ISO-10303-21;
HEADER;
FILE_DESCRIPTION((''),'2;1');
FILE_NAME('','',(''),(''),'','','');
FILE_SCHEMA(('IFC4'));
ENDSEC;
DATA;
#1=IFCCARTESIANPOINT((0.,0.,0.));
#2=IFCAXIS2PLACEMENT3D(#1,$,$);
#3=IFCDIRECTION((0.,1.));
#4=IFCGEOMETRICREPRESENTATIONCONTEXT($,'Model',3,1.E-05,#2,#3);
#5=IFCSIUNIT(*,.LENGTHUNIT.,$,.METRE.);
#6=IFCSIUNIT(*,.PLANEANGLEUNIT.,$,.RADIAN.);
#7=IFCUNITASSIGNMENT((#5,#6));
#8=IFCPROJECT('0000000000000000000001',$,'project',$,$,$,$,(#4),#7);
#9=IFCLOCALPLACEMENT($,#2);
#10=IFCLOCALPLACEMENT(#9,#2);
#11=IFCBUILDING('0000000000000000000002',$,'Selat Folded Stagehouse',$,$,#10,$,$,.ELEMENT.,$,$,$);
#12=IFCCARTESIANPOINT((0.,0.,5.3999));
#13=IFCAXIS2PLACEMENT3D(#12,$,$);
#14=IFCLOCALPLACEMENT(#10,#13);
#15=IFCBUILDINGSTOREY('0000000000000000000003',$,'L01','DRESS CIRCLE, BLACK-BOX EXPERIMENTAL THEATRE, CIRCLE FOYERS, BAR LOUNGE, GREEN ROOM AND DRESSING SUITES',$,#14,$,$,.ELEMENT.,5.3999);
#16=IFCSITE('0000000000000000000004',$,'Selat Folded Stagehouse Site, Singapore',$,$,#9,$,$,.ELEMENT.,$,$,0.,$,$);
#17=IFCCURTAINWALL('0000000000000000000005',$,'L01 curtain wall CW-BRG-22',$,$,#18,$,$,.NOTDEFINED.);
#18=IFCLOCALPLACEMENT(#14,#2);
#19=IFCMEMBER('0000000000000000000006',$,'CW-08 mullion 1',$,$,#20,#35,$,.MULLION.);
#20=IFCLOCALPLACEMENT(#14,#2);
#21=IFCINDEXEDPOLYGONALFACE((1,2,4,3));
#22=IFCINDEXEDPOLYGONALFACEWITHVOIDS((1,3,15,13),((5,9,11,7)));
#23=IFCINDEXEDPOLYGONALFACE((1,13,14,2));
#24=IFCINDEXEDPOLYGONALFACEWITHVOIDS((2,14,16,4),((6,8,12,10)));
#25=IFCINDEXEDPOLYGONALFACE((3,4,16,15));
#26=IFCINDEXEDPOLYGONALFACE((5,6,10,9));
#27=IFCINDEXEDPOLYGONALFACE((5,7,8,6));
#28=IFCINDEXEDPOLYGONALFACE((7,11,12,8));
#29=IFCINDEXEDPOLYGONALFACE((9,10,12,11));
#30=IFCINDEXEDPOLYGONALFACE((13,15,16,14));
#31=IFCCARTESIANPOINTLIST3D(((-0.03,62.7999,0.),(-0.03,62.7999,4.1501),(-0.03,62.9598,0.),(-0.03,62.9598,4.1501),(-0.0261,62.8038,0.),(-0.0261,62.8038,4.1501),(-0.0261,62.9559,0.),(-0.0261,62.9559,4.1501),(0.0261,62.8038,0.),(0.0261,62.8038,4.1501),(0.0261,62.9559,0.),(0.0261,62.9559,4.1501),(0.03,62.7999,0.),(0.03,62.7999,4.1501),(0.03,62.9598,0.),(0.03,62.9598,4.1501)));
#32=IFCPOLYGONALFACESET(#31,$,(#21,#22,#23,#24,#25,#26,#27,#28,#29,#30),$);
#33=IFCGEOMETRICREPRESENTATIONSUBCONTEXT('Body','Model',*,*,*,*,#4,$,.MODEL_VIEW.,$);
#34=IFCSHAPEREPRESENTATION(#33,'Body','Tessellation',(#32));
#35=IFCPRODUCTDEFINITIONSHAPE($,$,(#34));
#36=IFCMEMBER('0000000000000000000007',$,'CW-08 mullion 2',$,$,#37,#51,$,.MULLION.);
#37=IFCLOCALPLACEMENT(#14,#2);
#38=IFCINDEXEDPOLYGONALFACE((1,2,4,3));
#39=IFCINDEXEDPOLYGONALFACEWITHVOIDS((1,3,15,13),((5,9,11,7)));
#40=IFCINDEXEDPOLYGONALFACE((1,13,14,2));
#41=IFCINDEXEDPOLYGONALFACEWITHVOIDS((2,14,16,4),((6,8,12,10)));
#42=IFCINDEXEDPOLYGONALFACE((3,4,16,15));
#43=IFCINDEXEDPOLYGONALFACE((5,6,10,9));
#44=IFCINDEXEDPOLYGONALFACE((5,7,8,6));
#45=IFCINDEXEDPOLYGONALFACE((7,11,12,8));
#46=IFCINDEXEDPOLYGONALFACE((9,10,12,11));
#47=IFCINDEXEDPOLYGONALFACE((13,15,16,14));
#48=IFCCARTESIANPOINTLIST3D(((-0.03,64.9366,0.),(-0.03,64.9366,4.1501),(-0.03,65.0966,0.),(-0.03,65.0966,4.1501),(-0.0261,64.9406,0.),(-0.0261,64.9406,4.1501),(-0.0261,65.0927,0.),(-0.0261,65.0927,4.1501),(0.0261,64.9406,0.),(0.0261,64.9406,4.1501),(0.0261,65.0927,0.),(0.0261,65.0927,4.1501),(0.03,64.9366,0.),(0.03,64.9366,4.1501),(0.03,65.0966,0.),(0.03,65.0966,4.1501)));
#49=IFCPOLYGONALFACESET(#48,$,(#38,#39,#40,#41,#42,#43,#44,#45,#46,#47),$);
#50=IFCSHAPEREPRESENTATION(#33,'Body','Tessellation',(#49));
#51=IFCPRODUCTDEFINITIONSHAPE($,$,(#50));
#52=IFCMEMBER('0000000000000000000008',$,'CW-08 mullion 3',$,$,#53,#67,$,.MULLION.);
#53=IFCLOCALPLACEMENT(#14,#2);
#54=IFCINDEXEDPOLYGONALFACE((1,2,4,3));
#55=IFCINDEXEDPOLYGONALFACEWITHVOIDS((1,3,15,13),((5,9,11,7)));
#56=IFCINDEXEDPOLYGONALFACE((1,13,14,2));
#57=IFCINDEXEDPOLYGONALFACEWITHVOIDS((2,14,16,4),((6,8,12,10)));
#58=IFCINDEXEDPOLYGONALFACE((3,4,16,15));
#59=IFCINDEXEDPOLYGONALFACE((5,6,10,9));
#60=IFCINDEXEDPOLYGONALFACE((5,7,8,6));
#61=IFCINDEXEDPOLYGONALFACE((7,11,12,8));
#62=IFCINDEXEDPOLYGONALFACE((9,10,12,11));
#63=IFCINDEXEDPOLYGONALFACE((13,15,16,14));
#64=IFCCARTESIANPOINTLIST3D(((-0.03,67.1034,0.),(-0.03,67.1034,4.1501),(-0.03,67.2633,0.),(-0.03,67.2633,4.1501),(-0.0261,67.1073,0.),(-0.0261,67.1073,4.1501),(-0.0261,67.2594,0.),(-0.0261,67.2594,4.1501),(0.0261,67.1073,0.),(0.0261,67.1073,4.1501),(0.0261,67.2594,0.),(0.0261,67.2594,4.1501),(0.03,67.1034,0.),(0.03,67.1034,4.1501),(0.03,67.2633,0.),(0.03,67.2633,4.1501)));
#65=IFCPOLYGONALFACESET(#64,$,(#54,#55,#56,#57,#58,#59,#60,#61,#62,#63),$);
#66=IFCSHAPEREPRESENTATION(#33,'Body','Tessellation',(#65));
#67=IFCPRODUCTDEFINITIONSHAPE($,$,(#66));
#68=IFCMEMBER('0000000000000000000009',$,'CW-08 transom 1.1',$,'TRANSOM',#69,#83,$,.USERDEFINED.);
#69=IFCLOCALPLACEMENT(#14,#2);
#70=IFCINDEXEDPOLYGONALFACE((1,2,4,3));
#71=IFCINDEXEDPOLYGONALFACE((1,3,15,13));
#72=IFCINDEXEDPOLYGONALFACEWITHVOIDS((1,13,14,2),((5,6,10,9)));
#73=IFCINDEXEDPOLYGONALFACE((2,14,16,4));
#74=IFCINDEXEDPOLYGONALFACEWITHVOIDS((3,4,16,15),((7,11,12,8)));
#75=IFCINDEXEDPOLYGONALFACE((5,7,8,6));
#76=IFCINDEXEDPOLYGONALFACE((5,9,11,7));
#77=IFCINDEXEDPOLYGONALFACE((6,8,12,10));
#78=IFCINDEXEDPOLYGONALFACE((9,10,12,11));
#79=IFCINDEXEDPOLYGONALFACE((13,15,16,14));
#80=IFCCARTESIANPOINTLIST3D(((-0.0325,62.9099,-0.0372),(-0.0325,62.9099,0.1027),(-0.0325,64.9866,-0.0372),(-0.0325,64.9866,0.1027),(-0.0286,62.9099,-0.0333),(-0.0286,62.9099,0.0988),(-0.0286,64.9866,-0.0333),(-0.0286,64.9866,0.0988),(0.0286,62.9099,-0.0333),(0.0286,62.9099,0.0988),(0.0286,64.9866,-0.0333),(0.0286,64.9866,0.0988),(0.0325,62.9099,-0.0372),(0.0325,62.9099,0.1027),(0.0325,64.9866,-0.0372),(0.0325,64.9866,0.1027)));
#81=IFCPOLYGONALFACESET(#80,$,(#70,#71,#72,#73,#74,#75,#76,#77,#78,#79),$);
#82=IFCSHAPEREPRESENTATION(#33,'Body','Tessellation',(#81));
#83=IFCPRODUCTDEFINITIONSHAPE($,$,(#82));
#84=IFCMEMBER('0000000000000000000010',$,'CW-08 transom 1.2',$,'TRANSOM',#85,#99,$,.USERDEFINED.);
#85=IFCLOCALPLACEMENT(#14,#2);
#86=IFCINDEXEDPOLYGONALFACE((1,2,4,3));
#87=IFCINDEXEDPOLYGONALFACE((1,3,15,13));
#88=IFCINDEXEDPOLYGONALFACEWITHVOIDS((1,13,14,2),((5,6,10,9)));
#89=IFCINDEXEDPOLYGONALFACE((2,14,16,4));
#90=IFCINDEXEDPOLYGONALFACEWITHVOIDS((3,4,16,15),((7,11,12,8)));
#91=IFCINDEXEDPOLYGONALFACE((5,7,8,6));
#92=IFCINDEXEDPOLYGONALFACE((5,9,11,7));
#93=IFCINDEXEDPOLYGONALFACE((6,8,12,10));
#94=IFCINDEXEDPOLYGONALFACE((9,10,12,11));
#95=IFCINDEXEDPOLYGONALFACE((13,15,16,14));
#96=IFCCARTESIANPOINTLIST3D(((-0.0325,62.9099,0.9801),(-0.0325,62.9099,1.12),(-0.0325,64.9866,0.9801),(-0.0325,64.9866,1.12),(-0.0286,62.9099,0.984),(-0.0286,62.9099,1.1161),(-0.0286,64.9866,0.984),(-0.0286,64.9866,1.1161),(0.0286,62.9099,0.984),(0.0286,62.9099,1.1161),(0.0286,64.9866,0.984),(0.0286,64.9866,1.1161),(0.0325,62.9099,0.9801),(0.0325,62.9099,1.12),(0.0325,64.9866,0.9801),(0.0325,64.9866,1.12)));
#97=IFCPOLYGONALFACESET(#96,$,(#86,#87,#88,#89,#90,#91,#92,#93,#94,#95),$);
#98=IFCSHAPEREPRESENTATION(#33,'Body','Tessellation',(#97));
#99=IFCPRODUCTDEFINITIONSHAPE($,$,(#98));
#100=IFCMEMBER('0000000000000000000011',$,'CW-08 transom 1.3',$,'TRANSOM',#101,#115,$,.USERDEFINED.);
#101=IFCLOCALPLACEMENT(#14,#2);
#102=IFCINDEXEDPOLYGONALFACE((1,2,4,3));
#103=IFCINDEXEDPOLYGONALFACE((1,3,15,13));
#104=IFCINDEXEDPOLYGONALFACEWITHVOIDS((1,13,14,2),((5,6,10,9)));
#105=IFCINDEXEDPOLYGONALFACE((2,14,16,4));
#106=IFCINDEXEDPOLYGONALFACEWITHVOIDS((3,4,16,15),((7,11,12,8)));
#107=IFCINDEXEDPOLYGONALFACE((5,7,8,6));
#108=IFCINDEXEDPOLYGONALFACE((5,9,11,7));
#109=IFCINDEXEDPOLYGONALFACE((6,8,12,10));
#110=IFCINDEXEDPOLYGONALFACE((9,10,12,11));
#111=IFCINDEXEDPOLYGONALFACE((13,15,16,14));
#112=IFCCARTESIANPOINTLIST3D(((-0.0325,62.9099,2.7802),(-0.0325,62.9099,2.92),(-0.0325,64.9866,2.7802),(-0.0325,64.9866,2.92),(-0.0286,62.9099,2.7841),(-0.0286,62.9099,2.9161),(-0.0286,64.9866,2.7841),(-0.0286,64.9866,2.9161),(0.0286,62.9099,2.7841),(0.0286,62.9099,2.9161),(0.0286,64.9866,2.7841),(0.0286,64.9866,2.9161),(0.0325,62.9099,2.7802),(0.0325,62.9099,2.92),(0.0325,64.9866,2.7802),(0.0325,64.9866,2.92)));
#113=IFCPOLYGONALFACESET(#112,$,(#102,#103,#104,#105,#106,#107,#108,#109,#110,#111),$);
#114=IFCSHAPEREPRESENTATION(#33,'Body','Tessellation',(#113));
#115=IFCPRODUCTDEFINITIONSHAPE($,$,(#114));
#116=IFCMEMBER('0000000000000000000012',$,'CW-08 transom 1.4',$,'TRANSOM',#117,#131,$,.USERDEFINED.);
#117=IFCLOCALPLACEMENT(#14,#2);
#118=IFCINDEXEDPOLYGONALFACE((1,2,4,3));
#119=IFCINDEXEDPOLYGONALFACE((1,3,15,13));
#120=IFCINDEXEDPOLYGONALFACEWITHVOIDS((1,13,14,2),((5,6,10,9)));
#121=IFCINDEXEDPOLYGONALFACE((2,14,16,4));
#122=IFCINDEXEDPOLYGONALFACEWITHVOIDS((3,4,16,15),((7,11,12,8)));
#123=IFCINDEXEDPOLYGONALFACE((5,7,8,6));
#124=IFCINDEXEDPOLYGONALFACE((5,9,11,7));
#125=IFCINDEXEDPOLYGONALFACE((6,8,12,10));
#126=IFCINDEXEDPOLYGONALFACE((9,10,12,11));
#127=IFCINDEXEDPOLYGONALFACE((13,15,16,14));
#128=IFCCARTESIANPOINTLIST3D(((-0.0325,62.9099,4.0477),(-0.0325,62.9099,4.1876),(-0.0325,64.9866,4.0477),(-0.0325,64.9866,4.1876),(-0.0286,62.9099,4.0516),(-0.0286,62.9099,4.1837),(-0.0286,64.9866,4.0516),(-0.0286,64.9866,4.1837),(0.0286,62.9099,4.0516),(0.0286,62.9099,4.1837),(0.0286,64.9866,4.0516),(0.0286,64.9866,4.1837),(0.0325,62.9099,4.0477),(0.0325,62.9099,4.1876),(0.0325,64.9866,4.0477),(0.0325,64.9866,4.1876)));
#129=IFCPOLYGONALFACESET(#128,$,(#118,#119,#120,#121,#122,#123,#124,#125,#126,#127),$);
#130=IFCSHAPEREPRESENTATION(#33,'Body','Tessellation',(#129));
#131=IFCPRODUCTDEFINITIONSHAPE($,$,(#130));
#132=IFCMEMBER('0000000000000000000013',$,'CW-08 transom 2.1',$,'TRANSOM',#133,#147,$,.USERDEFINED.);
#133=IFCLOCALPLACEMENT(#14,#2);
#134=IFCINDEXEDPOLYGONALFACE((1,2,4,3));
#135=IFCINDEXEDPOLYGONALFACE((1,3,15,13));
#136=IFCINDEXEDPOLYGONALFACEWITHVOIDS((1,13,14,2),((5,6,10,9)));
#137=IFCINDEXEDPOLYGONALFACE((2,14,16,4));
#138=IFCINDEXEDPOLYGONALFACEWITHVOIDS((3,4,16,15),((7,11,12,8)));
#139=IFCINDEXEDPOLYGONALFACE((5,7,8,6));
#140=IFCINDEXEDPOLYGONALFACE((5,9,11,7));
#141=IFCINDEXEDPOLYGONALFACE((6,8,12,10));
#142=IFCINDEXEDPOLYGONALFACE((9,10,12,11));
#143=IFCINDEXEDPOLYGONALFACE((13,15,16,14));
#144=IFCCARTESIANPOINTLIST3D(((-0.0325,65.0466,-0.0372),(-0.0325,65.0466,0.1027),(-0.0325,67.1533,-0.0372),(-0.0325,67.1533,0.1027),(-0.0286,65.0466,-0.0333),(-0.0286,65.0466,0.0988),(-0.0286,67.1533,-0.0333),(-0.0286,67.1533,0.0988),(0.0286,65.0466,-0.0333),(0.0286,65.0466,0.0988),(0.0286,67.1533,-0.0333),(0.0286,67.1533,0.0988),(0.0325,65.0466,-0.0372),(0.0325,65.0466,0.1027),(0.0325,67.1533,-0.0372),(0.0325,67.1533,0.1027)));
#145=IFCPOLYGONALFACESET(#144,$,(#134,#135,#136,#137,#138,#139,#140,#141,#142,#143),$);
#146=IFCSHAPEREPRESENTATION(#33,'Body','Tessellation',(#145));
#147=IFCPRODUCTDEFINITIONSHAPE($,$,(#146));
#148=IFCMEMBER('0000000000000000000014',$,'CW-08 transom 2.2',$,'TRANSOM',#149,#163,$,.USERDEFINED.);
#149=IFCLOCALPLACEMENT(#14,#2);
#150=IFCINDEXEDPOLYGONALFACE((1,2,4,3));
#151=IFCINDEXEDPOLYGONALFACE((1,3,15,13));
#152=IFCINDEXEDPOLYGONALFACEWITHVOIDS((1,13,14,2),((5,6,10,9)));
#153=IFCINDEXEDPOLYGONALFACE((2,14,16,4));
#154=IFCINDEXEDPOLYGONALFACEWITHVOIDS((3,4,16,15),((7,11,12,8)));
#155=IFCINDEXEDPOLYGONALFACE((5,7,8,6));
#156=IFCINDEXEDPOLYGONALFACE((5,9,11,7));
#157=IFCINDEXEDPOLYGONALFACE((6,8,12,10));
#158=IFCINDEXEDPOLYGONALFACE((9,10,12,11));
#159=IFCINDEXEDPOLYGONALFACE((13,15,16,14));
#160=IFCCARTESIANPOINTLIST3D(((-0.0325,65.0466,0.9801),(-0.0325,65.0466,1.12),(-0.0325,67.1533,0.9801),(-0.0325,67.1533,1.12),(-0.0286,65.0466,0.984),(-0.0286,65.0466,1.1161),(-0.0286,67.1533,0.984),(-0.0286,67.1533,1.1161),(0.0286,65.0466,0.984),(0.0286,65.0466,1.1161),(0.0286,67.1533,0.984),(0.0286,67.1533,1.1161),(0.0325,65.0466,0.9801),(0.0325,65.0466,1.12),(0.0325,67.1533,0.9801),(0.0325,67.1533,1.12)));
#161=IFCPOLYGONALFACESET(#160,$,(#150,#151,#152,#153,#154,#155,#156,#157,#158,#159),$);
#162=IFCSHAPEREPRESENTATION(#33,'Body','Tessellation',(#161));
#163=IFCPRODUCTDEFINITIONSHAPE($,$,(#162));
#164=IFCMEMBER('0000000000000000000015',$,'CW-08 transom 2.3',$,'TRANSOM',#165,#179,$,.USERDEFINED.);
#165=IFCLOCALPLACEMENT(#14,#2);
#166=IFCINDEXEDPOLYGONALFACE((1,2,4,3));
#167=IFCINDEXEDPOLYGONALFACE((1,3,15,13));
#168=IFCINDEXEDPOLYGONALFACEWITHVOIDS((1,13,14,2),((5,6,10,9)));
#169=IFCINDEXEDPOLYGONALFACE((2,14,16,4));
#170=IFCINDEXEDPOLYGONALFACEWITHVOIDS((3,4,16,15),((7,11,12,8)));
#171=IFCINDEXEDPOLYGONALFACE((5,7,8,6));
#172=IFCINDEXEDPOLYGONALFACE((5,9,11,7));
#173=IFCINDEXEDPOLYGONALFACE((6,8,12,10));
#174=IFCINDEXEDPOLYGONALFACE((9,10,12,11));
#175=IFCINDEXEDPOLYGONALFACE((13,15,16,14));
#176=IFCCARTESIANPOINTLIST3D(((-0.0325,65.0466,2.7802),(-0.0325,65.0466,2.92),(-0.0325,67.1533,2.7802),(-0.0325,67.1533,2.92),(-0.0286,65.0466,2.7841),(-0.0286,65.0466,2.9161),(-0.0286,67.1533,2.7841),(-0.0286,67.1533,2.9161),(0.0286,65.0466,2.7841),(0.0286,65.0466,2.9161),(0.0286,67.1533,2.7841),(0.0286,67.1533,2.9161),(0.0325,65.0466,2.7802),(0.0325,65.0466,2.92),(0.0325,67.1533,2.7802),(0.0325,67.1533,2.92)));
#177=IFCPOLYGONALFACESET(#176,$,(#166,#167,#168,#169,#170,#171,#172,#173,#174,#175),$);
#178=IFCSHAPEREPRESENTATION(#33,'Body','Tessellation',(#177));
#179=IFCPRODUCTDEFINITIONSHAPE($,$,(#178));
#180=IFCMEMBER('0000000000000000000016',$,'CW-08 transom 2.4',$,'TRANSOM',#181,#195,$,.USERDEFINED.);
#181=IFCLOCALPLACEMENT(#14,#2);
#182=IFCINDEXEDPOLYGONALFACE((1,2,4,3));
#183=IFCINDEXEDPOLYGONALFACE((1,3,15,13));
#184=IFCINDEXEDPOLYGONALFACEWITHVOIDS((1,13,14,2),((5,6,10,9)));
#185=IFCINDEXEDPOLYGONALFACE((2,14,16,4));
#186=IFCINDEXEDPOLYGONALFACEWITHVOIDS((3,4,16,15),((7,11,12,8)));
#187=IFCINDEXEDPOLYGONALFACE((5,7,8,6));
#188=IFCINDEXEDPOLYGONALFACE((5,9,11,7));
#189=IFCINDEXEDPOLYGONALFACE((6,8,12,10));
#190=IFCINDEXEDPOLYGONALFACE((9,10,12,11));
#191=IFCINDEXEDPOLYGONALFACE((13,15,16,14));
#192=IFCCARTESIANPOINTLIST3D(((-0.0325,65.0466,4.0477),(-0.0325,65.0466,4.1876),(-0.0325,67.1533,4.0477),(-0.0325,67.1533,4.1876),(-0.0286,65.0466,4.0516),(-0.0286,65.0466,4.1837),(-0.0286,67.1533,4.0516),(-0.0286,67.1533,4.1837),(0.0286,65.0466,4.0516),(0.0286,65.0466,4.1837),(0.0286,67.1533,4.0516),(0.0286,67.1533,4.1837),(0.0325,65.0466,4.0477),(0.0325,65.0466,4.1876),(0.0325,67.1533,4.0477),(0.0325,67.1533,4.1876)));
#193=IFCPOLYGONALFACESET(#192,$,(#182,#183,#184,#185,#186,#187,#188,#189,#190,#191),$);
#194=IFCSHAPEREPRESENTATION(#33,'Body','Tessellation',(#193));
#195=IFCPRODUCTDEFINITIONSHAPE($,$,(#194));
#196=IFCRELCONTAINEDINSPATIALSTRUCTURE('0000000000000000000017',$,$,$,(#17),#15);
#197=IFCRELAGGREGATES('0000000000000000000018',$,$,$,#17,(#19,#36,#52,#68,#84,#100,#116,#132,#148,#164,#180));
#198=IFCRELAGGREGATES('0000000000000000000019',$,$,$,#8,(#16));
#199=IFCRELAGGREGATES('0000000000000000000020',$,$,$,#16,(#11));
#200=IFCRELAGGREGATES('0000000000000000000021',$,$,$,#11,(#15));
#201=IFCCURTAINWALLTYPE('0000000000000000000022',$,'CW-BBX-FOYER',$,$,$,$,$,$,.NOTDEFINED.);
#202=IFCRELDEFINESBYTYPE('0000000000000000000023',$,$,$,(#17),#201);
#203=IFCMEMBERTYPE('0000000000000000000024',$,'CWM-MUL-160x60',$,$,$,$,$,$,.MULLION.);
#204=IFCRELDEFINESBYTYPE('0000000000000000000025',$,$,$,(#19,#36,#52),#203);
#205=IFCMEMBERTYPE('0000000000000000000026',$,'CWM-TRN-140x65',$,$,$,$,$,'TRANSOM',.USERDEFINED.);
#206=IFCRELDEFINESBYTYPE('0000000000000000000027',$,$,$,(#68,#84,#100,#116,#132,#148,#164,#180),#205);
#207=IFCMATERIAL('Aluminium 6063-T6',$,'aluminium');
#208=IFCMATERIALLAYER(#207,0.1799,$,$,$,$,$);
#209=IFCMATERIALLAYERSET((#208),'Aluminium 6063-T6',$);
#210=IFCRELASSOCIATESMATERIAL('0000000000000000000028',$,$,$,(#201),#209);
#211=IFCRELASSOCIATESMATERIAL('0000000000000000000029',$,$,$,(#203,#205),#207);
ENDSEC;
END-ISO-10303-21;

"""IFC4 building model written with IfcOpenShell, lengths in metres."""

from ifc_helpers import new_model, si_unit, direction, frame, origin, origin_2d, place, context, subcontext, project, spatial, hollow_rectangle, extrude, material, layer, layer_set, material_profile, profile_set, type_object, element, aggregate, save


model = new_model("IFC4")

# Units and contexts
model_context = context("Model", 3, precision=1e-05, world=origin(), true_north=direction((0.0, 1.0)))
body_context = subcontext(model_context, "Body", "Model", "MODEL_VIEW")
ifc_project = project(units=[si_unit("LENGTHUNIT", "METRE"), si_unit("PLANEANGLEUNIT", "RADIAN")], contexts=[model_context])

# Site, building, storey
site_placement = place(None, origin())
site = spatial("IfcSite", under=ifc_project, at=site_placement, Name="Selat Folded Stagehouse Site, Singapore", CompositionType="ELEMENT", RefElevation=0.0)
building_placement = place(site_placement, origin())
building = spatial("IfcBuilding", under=site, at=building_placement, Name="Selat Folded Stagehouse", CompositionType="ELEMENT")
storey_placement = place(building_placement, frame((0.0, 0.0, 5.3999)))
storey = spatial("IfcBuildingStorey", under=building, at=storey_placement, Name="L01", Description="DRESS CIRCLE, BLACK-BOX EXPERIMENTAL THEATRE, CIRCLE FOYERS, BAR LOUNGE, GREEN ROOM AND DRESSING SUITES", CompositionType="ELEMENT", Elevation=5.3999)

# Curtain wall, members
ifc_material_1 = material(Name="Aluminium 6063-T6", Category="aluminium")
ifc_layer_1 = layer(ifc_material_1, 0.1799)
ifc_layer_set_1 = layer_set([ifc_layer_1], Name="Aluminium 6063-T6")
curtain_wall_type = type_object("IfcCurtainWallType", Name="CW-BBX-FOYER", PredefinedType="NOTDEFINED", material=ifc_layer_set_1)
curtain_wall_placement = place(storey_placement, origin())
curtain_wall = element("IfcCurtainWall", 1, at=curtain_wall_placement, inside=storey, type_object=curtain_wall_type, Name="L01 curtain wall CW-BRG-22", PredefinedType="NOTDEFINED")
ifc_material_profile_1 = material_profile(ifc_material_1, hollow_rectangle(XDim=0.0601, YDim=0.1599, WallThickness=0.0039, at=origin_2d()), Name="ALU 160x60x4.0")
ifc_profile_set_1 = profile_set([ifc_material_profile_1], Name="Aluminium 6063-T6")
member_type_1 = type_object("IfcMemberType", Name="CWM-MUL-160x60", PredefinedType="MULLION", material=ifc_profile_set_1)
member_1_placement = place(storey_placement, frame((0.0, 62.8799, 0.0), z_axis=(0.0, 0.0, 1.0), x_axis=(-1.0, 0.0, 0.0)))
member_1 = element("IfcMember", 2, at=member_1_placement, type_object=member_type_1, Name="CW-08 mullion 1", PredefinedType="MULLION", context=body_context, shape_type="SweptSolid", body=[
    extrude(hollow_rectangle(XDim=0.0601, YDim=0.1599, WallThickness=0.0039, at=origin_2d()), origin(), (0.0, 0.0, 1.0), 4.1501),
])
member_2_placement = place(storey_placement, frame((0.0, 65.0166, 0.0), z_axis=(0.0, 0.0, 1.0), x_axis=(-1.0, 0.0, 0.0)))
member_2 = element("IfcMember", 3, at=member_2_placement, type_object=member_type_1, Name="CW-08 mullion 2", PredefinedType="MULLION", context=body_context, shape_type="SweptSolid", body=[
    extrude(hollow_rectangle(XDim=0.0601, YDim=0.1599, WallThickness=0.0039, at=origin_2d()), origin(), (0.0, 0.0, 1.0), 4.1501),
])
member_3_placement = place(storey_placement, frame((0.0, 67.1833, 0.0), z_axis=(0.0, 0.0, 1.0), x_axis=(-1.0, 0.0, 0.0)))
member_3 = element("IfcMember", 4, at=member_3_placement, type_object=member_type_1, Name="CW-08 mullion 3", PredefinedType="MULLION", context=body_context, shape_type="SweptSolid", body=[
    extrude(hollow_rectangle(XDim=0.0601, YDim=0.1599, WallThickness=0.0039, at=origin_2d()), origin(), (0.0, 0.0, 1.0), 4.1501),
])
ifc_material_profile_2 = material_profile(ifc_material_1, hollow_rectangle(XDim=0.0649, YDim=0.1399, WallThickness=0.0039, at=origin_2d()), Name="ALU 140x65x4.0")
ifc_profile_set_2 = profile_set([ifc_material_profile_2], Name="Aluminium 6063-T6")
member_type_2 = type_object("IfcMemberType", Name="CWM-TRN-140x65", ElementType="TRANSOM", PredefinedType="USERDEFINED", material=ifc_profile_set_2)
member_4_placement = place(storey_placement, frame((0.0, 62.9099, 0.0327), z_axis=(0.0, 1.0, 0.0), x_axis=(-1.0, 0.0, 0.0)))
member_4 = element("IfcMember", 5, at=member_4_placement, type_object=member_type_2, Name="CW-08 transom 1.1", ObjectType="TRANSOM", PredefinedType="USERDEFINED", context=body_context, shape_type="SweptSolid", body=[
    extrude(hollow_rectangle(XDim=0.0649, YDim=0.1399, WallThickness=0.0039, at=origin_2d()), origin(), (0.0, 0.0, 1.0), 2.0767),
])
member_5_placement = place(storey_placement, frame((0.0, 62.9099, 1.05), z_axis=(0.0, 1.0, 0.0), x_axis=(-1.0, 0.0, 0.0)))
member_5 = element("IfcMember", 6, at=member_5_placement, type_object=member_type_2, Name="CW-08 transom 1.2", ObjectType="TRANSOM", PredefinedType="USERDEFINED", context=body_context, shape_type="SweptSolid", body=[
    extrude(hollow_rectangle(XDim=0.0649, YDim=0.1399, WallThickness=0.0039, at=origin_2d()), origin(), (0.0, 0.0, 1.0), 2.0767),
])
member_6_placement = place(storey_placement, frame((0.0, 62.9099, 2.8501), z_axis=(0.0, 1.0, 0.0), x_axis=(-1.0, 0.0, 0.0)))
member_6 = element("IfcMember", 7, at=member_6_placement, type_object=member_type_2, Name="CW-08 transom 1.3", ObjectType="TRANSOM", PredefinedType="USERDEFINED", context=body_context, shape_type="SweptSolid", body=[
    extrude(hollow_rectangle(XDim=0.0649, YDim=0.1399, WallThickness=0.0039, at=origin_2d()), origin(), (0.0, 0.0, 1.0), 2.0767),
])
member_7_placement = place(storey_placement, frame((0.0, 62.9099, 4.1177), z_axis=(0.0, 1.0, 0.0), x_axis=(-1.0, 0.0, 0.0)))
member_7 = element("IfcMember", 8, at=member_7_placement, type_object=member_type_2, Name="CW-08 transom 1.4", ObjectType="TRANSOM", PredefinedType="USERDEFINED", context=body_context, shape_type="SweptSolid", body=[
    extrude(hollow_rectangle(XDim=0.0649, YDim=0.1399, WallThickness=0.0039, at=origin_2d()), origin(), (0.0, 0.0, 1.0), 2.0767),
])
member_8_placement = place(storey_placement, frame((0.0, 65.0466, 0.0327), z_axis=(0.0, 1.0, 0.0), x_axis=(-1.0, 0.0, 0.0)))
member_8 = element("IfcMember", 9, at=member_8_placement, type_object=member_type_2, Name="CW-08 transom 2.1", ObjectType="TRANSOM", PredefinedType="USERDEFINED", context=body_context, shape_type="SweptSolid", body=[
    extrude(hollow_rectangle(XDim=0.0649, YDim=0.1399, WallThickness=0.0039, at=origin_2d()), origin(), (0.0, 0.0, 1.0), 2.1067),
])
member_9_placement = place(storey_placement, frame((0.0, 65.0466, 1.05), z_axis=(0.0, 1.0, 0.0), x_axis=(-1.0, 0.0, 0.0)))
member_9 = element("IfcMember", 10, at=member_9_placement, type_object=member_type_2, Name="CW-08 transom 2.2", ObjectType="TRANSOM", PredefinedType="USERDEFINED", context=body_context, shape_type="SweptSolid", body=[
    extrude(hollow_rectangle(XDim=0.0649, YDim=0.1399, WallThickness=0.0039, at=origin_2d()), origin(), (0.0, 0.0, 1.0), 2.1067),
])
member_10_placement = place(storey_placement, frame((0.0, 65.0466, 2.8501), z_axis=(0.0, 1.0, 0.0), x_axis=(-1.0, 0.0, 0.0)))
member_10 = element("IfcMember", 11, at=member_10_placement, type_object=member_type_2, Name="CW-08 transom 2.3", ObjectType="TRANSOM", PredefinedType="USERDEFINED", context=body_context, shape_type="SweptSolid", body=[
    extrude(hollow_rectangle(XDim=0.0649, YDim=0.1399, WallThickness=0.0039, at=origin_2d()), origin(), (0.0, 0.0, 1.0), 2.1067),
])
member_11_placement = place(storey_placement, frame((0.0, 65.0466, 4.1177), z_axis=(0.0, 1.0, 0.0), x_axis=(-1.0, 0.0, 0.0)))
member_11 = element("IfcMember", 12, at=member_11_placement, type_object=member_type_2, Name="CW-08 transom 2.4", ObjectType="TRANSOM", PredefinedType="USERDEFINED", context=body_context, shape_type="SweptSolid", body=[
    extrude(hollow_rectangle(XDim=0.0649, YDim=0.1399, WallThickness=0.0039, at=origin_2d()), origin(), (0.0, 0.0, 1.0), 2.1067),
])

aggregate(curtain_wall, [member_1, member_2, member_3, member_4, member_5, member_6, member_7, member_8, member_9, member_10, member_11])

save(model, "model.ifc")
